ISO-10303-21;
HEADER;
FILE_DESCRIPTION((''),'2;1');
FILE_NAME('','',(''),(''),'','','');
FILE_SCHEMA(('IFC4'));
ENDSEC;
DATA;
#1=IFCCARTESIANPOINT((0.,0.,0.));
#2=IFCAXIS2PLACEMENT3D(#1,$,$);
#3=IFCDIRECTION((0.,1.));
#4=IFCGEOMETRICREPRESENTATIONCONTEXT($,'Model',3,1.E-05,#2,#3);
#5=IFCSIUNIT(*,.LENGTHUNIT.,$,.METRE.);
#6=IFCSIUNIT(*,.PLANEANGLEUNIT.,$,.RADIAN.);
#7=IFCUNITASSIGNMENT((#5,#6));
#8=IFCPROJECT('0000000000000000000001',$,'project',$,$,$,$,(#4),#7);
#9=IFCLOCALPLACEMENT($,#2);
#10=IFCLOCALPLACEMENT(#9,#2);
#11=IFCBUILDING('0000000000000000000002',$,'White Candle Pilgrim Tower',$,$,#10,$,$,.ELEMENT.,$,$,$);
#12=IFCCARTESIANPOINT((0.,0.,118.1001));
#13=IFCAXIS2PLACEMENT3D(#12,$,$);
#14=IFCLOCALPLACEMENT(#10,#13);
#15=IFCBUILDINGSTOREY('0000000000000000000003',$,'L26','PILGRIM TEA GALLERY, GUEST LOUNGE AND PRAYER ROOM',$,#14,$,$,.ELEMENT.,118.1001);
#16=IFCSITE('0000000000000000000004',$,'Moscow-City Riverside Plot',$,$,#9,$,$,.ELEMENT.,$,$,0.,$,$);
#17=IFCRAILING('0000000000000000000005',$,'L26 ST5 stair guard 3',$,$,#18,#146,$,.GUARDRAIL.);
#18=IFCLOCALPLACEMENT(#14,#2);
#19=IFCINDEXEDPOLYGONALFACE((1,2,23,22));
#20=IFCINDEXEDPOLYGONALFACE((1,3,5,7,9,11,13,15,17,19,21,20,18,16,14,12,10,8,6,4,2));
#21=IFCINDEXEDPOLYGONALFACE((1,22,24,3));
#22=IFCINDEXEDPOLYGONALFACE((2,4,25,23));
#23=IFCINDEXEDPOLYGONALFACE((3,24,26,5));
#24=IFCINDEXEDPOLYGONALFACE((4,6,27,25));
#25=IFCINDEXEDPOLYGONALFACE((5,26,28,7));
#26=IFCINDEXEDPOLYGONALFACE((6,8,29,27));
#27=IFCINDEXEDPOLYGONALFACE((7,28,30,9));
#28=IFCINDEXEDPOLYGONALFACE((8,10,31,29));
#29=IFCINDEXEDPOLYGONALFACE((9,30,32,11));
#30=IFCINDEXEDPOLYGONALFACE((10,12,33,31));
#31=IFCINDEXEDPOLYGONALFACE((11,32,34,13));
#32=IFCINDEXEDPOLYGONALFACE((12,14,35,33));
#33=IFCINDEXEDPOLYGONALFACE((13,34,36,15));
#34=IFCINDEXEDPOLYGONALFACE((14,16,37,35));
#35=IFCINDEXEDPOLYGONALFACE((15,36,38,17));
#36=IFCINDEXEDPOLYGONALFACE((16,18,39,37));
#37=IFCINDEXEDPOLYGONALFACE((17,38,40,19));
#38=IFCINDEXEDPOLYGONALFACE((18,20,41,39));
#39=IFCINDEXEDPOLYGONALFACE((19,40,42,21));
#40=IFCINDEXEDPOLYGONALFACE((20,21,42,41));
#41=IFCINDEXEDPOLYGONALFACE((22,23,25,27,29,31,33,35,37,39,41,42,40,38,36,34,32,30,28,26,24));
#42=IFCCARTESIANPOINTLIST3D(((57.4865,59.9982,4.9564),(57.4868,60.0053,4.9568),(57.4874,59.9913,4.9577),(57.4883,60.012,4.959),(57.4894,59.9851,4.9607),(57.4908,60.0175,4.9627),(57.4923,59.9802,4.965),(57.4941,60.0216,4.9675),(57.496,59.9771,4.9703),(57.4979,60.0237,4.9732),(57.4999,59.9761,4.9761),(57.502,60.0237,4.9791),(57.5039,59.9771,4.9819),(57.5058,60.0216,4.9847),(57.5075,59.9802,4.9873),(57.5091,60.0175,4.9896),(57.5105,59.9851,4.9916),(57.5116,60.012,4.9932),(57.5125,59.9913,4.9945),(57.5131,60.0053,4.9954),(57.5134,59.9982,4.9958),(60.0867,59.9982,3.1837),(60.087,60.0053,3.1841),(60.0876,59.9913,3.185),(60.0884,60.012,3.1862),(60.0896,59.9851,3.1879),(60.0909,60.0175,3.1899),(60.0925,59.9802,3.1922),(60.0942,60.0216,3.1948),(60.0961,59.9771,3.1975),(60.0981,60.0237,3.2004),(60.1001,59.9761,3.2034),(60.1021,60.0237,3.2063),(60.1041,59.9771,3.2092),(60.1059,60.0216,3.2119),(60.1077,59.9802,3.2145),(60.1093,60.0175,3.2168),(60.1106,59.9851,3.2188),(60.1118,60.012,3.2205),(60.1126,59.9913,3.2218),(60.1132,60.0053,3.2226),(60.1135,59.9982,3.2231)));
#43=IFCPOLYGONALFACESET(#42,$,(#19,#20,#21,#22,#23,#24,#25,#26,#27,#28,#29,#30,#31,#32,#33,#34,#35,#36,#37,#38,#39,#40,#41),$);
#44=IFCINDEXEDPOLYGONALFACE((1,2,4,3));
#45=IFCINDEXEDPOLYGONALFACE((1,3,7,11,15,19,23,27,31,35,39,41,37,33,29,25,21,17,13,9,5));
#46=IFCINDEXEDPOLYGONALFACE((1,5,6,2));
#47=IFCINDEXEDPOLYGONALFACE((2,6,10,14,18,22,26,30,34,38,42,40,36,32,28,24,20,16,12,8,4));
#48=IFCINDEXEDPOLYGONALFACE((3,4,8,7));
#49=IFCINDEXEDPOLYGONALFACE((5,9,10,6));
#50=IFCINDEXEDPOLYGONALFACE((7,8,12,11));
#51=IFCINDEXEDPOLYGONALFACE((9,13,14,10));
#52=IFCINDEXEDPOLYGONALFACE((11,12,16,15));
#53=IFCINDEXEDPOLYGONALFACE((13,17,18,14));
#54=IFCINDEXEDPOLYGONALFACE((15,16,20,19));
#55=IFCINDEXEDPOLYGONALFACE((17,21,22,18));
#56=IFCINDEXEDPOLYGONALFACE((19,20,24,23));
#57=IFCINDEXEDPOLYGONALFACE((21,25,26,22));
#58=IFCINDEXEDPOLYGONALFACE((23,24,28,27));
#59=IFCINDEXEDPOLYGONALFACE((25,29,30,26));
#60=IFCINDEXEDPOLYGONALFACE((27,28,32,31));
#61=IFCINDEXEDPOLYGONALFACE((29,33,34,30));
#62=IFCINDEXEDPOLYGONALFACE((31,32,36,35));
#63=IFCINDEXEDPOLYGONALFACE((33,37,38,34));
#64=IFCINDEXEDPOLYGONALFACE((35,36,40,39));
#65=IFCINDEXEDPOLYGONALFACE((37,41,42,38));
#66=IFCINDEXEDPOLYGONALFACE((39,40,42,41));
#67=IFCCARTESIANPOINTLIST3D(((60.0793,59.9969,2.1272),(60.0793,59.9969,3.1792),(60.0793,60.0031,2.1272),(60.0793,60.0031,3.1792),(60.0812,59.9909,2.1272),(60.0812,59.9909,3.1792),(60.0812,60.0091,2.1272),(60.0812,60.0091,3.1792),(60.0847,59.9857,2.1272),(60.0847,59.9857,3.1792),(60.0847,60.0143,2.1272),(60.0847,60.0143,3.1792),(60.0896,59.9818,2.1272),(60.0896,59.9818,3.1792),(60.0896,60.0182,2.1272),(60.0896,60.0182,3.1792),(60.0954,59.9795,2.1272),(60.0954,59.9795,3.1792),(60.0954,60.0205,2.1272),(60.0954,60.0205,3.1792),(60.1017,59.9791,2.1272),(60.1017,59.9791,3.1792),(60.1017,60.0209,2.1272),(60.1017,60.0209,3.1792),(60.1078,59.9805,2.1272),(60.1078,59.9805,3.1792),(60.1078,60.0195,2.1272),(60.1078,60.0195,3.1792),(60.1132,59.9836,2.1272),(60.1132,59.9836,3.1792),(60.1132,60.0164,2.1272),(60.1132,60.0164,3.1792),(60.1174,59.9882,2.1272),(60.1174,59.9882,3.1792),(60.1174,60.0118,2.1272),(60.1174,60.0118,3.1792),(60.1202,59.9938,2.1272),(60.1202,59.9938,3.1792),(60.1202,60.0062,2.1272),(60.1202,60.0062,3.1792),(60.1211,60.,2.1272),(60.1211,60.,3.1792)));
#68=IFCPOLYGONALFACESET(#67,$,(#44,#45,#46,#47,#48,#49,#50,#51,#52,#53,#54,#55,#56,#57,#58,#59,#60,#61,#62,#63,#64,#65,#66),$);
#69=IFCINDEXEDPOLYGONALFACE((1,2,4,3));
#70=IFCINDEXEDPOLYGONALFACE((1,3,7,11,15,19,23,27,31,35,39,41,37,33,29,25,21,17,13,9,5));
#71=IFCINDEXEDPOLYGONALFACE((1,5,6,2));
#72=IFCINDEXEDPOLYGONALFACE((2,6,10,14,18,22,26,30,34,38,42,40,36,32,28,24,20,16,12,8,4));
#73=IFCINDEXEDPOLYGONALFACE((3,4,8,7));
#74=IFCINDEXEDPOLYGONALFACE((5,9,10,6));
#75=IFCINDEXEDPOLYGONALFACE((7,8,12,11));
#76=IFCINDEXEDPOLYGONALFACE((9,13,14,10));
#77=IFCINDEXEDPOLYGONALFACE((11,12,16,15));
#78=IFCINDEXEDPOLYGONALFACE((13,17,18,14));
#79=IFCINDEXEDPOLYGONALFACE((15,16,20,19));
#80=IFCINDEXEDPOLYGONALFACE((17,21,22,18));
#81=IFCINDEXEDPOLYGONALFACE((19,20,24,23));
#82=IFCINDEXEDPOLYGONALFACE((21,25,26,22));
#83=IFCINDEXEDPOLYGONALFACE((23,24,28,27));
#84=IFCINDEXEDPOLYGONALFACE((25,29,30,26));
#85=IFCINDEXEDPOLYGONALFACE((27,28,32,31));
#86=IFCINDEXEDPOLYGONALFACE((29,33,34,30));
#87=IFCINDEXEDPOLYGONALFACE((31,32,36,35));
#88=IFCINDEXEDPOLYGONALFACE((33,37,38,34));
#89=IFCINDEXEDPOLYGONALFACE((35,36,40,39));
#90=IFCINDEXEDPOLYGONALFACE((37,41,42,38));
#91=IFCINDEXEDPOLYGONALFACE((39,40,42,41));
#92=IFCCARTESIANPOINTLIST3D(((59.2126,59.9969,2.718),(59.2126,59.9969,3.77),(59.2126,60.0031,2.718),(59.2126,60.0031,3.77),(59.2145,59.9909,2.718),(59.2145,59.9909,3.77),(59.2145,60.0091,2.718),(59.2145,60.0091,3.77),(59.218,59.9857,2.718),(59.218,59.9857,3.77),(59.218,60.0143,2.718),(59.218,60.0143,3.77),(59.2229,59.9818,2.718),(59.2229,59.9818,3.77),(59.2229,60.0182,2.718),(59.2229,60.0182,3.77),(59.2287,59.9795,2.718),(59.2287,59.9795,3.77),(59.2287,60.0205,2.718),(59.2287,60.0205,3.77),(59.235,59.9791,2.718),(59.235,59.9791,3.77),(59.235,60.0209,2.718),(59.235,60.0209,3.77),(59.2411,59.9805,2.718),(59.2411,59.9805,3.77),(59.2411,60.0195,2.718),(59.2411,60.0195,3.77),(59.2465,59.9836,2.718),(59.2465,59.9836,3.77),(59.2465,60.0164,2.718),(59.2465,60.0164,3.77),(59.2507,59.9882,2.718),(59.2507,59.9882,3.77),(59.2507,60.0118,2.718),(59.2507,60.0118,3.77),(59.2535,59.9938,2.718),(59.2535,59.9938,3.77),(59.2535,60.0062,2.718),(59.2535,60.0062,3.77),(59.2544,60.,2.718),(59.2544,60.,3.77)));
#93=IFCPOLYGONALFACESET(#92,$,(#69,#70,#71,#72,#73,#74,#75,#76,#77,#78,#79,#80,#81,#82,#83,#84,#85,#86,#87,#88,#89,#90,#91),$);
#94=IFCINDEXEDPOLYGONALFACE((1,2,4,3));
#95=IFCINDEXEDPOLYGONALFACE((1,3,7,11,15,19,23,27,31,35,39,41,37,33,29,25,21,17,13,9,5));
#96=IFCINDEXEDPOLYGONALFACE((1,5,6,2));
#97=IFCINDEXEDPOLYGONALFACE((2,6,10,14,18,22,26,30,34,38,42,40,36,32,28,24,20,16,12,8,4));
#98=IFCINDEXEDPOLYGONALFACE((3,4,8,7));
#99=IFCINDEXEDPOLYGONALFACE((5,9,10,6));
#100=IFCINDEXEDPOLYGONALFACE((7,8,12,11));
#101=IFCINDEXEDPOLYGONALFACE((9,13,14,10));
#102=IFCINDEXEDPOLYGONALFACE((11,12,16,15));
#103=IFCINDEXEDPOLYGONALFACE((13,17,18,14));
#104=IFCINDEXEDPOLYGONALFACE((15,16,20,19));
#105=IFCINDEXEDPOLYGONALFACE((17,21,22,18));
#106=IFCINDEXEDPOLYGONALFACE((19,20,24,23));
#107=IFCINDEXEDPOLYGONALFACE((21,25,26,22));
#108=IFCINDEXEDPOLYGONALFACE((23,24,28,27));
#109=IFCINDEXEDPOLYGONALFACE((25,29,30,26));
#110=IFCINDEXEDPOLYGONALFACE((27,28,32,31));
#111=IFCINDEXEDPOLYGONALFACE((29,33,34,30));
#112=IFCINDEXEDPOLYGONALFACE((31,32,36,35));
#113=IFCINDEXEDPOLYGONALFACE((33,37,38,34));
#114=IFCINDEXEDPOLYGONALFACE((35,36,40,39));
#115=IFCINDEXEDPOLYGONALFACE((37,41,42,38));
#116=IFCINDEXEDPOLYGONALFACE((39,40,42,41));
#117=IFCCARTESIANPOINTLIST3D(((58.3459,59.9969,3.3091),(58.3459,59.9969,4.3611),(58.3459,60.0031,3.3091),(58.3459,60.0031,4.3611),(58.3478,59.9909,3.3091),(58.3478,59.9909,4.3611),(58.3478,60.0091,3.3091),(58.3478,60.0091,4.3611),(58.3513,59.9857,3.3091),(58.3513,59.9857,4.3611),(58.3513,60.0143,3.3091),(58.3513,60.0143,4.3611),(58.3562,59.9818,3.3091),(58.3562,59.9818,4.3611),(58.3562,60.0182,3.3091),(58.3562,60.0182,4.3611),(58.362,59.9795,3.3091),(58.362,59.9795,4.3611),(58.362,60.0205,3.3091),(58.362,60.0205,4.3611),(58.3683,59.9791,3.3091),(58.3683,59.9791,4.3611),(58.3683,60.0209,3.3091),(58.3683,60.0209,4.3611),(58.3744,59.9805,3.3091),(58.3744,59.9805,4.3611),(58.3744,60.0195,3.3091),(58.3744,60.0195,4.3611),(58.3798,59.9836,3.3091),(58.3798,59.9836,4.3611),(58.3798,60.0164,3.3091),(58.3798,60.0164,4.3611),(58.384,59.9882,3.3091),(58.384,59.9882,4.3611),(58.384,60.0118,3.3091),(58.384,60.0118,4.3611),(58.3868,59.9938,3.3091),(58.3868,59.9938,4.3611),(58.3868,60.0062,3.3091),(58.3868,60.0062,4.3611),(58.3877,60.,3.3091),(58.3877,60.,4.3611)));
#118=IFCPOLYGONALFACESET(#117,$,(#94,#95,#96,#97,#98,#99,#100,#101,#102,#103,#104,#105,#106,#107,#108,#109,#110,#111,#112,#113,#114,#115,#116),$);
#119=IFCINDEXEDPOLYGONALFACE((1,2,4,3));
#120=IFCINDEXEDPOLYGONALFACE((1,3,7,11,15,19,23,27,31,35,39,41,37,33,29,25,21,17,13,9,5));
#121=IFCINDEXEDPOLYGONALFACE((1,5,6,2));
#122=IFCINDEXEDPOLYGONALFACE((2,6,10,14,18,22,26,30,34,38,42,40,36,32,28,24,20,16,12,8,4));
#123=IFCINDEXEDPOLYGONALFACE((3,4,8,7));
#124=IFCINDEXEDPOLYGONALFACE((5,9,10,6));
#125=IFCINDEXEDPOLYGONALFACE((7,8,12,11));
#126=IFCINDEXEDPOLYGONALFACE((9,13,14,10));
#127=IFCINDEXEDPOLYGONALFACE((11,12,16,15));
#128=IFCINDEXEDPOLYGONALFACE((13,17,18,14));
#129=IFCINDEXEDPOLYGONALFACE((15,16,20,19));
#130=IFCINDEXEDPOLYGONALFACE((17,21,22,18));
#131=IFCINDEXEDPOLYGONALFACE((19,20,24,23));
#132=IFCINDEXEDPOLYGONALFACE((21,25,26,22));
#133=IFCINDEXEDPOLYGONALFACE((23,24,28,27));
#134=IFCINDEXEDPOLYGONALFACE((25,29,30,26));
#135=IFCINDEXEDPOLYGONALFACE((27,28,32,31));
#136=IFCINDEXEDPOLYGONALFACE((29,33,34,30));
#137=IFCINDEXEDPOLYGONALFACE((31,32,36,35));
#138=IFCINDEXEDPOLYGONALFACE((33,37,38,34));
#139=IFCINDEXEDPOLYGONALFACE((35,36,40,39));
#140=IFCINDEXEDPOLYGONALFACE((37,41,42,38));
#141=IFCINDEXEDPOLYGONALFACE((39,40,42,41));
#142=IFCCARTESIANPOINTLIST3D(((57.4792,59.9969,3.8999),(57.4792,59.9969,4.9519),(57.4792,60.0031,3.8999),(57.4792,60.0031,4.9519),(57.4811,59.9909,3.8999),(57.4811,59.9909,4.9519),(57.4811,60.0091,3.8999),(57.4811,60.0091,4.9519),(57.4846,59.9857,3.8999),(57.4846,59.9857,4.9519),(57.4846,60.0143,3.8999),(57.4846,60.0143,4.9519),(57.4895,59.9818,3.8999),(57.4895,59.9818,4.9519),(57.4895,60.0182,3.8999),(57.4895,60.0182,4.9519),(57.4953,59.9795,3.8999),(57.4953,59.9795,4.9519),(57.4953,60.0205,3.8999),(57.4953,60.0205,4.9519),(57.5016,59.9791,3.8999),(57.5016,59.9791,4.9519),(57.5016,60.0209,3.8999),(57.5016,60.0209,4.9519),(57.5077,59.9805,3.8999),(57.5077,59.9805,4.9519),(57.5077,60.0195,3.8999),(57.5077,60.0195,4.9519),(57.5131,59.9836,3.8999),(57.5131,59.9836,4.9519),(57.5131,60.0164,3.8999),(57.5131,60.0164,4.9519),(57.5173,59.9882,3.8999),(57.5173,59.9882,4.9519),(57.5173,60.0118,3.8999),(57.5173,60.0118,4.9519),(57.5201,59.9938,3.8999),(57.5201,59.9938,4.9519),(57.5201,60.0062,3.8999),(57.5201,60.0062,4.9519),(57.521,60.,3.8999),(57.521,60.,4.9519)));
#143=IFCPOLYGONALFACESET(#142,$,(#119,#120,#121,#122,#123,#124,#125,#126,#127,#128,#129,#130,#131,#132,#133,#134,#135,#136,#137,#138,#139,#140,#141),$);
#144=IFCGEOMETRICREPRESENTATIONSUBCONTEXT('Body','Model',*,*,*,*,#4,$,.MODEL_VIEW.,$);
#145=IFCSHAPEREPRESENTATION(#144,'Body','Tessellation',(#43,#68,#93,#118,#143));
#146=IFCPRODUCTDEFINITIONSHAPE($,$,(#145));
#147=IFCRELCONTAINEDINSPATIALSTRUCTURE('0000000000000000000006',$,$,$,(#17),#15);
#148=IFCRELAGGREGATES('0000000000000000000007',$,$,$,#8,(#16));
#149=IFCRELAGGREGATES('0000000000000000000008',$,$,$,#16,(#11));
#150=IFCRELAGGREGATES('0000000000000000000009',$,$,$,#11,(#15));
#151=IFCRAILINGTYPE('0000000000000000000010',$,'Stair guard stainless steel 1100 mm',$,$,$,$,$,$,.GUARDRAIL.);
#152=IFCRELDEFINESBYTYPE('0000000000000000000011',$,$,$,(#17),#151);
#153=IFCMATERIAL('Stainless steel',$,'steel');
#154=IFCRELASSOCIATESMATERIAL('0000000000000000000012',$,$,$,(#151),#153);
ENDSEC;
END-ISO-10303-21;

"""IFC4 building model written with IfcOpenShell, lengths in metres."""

from ifc_helpers import new_model, si_unit, direction, frame, origin, origin_2d, place, context, subcontext, project, spatial, circle, extrude, material, type_object, element, save


model = new_model("IFC4")

# Units and contexts
model_context = context("Model", 3, precision=1e-05, world=origin(), true_north=direction((0.0, 1.0)))
body_context = subcontext(model_context, "Body", "Model", "MODEL_VIEW")
ifc_project = project(units=[si_unit("LENGTHUNIT", "METRE"), si_unit("PLANEANGLEUNIT", "RADIAN")], contexts=[model_context])

# Site, building, storey
site_placement = place(None, origin())
site = spatial("IfcSite", under=ifc_project, at=site_placement, Name="Moscow-City Riverside Plot", CompositionType="ELEMENT", RefElevation=0.0)
building_placement = place(site_placement, origin())
building = spatial("IfcBuilding", under=site, at=building_placement, Name="White Candle Pilgrim Tower", CompositionType="ELEMENT")
storey_placement = place(building_placement, frame((0.0, 0.0, 118.1001)))
storey = spatial("IfcBuildingStorey", under=building, at=storey_placement, Name="L26", Description="PILGRIM TEA GALLERY, GUEST LOUNGE AND PRAYER ROOM", CompositionType="ELEMENT", Elevation=118.1001)

# Railing
ifc_material_1 = material(Name="Stainless steel", Category="steel")
railing_type_1 = type_object("IfcRailingType", Name="Stair guard stainless steel 1100 mm", PredefinedType="GUARDRAIL", material=ifc_material_1)
railing_1_placement = place(storey_placement, frame((60.1001, 60.0, 2.1272)))
element("IfcRailing", 1, at=railing_1_placement, inside=storey, type_object=railing_type_1, Name="L26 ST5 stair guard 3", PredefinedType="GUARDRAIL", context=body_context, shape_type="SweptSolid", body=[
    extrude(circle(Radius=0.0239, at=origin_2d()), frame((0.0, 0.0, 1.0762), z_axis=(-0.82624, 0.0, 0.563318), x_axis=(0.0, -1.0, 0.0)), (0.0, 0.0, 1.0), 3.147),
    extrude(circle(Radius=0.021, at=origin_2d()), origin(), (0.0, 0.0, 1.0), 1.052),
    extrude(circle(Radius=0.021, at=origin_2d()), frame((-0.8667, 0.0, 0.5908)), (0.0, 0.0, 1.0), 1.052),
    extrude(circle(Radius=0.021, at=origin_2d()), frame((-1.7334, 0.0, 1.1819)), (0.0, 0.0, 1.0), 1.052),
    extrude(circle(Radius=0.021, at=origin_2d()), frame((-2.6001, 0.0, 1.7727)), (0.0, 0.0, 1.0), 1.052),
])

save(model, "model.ifc")
